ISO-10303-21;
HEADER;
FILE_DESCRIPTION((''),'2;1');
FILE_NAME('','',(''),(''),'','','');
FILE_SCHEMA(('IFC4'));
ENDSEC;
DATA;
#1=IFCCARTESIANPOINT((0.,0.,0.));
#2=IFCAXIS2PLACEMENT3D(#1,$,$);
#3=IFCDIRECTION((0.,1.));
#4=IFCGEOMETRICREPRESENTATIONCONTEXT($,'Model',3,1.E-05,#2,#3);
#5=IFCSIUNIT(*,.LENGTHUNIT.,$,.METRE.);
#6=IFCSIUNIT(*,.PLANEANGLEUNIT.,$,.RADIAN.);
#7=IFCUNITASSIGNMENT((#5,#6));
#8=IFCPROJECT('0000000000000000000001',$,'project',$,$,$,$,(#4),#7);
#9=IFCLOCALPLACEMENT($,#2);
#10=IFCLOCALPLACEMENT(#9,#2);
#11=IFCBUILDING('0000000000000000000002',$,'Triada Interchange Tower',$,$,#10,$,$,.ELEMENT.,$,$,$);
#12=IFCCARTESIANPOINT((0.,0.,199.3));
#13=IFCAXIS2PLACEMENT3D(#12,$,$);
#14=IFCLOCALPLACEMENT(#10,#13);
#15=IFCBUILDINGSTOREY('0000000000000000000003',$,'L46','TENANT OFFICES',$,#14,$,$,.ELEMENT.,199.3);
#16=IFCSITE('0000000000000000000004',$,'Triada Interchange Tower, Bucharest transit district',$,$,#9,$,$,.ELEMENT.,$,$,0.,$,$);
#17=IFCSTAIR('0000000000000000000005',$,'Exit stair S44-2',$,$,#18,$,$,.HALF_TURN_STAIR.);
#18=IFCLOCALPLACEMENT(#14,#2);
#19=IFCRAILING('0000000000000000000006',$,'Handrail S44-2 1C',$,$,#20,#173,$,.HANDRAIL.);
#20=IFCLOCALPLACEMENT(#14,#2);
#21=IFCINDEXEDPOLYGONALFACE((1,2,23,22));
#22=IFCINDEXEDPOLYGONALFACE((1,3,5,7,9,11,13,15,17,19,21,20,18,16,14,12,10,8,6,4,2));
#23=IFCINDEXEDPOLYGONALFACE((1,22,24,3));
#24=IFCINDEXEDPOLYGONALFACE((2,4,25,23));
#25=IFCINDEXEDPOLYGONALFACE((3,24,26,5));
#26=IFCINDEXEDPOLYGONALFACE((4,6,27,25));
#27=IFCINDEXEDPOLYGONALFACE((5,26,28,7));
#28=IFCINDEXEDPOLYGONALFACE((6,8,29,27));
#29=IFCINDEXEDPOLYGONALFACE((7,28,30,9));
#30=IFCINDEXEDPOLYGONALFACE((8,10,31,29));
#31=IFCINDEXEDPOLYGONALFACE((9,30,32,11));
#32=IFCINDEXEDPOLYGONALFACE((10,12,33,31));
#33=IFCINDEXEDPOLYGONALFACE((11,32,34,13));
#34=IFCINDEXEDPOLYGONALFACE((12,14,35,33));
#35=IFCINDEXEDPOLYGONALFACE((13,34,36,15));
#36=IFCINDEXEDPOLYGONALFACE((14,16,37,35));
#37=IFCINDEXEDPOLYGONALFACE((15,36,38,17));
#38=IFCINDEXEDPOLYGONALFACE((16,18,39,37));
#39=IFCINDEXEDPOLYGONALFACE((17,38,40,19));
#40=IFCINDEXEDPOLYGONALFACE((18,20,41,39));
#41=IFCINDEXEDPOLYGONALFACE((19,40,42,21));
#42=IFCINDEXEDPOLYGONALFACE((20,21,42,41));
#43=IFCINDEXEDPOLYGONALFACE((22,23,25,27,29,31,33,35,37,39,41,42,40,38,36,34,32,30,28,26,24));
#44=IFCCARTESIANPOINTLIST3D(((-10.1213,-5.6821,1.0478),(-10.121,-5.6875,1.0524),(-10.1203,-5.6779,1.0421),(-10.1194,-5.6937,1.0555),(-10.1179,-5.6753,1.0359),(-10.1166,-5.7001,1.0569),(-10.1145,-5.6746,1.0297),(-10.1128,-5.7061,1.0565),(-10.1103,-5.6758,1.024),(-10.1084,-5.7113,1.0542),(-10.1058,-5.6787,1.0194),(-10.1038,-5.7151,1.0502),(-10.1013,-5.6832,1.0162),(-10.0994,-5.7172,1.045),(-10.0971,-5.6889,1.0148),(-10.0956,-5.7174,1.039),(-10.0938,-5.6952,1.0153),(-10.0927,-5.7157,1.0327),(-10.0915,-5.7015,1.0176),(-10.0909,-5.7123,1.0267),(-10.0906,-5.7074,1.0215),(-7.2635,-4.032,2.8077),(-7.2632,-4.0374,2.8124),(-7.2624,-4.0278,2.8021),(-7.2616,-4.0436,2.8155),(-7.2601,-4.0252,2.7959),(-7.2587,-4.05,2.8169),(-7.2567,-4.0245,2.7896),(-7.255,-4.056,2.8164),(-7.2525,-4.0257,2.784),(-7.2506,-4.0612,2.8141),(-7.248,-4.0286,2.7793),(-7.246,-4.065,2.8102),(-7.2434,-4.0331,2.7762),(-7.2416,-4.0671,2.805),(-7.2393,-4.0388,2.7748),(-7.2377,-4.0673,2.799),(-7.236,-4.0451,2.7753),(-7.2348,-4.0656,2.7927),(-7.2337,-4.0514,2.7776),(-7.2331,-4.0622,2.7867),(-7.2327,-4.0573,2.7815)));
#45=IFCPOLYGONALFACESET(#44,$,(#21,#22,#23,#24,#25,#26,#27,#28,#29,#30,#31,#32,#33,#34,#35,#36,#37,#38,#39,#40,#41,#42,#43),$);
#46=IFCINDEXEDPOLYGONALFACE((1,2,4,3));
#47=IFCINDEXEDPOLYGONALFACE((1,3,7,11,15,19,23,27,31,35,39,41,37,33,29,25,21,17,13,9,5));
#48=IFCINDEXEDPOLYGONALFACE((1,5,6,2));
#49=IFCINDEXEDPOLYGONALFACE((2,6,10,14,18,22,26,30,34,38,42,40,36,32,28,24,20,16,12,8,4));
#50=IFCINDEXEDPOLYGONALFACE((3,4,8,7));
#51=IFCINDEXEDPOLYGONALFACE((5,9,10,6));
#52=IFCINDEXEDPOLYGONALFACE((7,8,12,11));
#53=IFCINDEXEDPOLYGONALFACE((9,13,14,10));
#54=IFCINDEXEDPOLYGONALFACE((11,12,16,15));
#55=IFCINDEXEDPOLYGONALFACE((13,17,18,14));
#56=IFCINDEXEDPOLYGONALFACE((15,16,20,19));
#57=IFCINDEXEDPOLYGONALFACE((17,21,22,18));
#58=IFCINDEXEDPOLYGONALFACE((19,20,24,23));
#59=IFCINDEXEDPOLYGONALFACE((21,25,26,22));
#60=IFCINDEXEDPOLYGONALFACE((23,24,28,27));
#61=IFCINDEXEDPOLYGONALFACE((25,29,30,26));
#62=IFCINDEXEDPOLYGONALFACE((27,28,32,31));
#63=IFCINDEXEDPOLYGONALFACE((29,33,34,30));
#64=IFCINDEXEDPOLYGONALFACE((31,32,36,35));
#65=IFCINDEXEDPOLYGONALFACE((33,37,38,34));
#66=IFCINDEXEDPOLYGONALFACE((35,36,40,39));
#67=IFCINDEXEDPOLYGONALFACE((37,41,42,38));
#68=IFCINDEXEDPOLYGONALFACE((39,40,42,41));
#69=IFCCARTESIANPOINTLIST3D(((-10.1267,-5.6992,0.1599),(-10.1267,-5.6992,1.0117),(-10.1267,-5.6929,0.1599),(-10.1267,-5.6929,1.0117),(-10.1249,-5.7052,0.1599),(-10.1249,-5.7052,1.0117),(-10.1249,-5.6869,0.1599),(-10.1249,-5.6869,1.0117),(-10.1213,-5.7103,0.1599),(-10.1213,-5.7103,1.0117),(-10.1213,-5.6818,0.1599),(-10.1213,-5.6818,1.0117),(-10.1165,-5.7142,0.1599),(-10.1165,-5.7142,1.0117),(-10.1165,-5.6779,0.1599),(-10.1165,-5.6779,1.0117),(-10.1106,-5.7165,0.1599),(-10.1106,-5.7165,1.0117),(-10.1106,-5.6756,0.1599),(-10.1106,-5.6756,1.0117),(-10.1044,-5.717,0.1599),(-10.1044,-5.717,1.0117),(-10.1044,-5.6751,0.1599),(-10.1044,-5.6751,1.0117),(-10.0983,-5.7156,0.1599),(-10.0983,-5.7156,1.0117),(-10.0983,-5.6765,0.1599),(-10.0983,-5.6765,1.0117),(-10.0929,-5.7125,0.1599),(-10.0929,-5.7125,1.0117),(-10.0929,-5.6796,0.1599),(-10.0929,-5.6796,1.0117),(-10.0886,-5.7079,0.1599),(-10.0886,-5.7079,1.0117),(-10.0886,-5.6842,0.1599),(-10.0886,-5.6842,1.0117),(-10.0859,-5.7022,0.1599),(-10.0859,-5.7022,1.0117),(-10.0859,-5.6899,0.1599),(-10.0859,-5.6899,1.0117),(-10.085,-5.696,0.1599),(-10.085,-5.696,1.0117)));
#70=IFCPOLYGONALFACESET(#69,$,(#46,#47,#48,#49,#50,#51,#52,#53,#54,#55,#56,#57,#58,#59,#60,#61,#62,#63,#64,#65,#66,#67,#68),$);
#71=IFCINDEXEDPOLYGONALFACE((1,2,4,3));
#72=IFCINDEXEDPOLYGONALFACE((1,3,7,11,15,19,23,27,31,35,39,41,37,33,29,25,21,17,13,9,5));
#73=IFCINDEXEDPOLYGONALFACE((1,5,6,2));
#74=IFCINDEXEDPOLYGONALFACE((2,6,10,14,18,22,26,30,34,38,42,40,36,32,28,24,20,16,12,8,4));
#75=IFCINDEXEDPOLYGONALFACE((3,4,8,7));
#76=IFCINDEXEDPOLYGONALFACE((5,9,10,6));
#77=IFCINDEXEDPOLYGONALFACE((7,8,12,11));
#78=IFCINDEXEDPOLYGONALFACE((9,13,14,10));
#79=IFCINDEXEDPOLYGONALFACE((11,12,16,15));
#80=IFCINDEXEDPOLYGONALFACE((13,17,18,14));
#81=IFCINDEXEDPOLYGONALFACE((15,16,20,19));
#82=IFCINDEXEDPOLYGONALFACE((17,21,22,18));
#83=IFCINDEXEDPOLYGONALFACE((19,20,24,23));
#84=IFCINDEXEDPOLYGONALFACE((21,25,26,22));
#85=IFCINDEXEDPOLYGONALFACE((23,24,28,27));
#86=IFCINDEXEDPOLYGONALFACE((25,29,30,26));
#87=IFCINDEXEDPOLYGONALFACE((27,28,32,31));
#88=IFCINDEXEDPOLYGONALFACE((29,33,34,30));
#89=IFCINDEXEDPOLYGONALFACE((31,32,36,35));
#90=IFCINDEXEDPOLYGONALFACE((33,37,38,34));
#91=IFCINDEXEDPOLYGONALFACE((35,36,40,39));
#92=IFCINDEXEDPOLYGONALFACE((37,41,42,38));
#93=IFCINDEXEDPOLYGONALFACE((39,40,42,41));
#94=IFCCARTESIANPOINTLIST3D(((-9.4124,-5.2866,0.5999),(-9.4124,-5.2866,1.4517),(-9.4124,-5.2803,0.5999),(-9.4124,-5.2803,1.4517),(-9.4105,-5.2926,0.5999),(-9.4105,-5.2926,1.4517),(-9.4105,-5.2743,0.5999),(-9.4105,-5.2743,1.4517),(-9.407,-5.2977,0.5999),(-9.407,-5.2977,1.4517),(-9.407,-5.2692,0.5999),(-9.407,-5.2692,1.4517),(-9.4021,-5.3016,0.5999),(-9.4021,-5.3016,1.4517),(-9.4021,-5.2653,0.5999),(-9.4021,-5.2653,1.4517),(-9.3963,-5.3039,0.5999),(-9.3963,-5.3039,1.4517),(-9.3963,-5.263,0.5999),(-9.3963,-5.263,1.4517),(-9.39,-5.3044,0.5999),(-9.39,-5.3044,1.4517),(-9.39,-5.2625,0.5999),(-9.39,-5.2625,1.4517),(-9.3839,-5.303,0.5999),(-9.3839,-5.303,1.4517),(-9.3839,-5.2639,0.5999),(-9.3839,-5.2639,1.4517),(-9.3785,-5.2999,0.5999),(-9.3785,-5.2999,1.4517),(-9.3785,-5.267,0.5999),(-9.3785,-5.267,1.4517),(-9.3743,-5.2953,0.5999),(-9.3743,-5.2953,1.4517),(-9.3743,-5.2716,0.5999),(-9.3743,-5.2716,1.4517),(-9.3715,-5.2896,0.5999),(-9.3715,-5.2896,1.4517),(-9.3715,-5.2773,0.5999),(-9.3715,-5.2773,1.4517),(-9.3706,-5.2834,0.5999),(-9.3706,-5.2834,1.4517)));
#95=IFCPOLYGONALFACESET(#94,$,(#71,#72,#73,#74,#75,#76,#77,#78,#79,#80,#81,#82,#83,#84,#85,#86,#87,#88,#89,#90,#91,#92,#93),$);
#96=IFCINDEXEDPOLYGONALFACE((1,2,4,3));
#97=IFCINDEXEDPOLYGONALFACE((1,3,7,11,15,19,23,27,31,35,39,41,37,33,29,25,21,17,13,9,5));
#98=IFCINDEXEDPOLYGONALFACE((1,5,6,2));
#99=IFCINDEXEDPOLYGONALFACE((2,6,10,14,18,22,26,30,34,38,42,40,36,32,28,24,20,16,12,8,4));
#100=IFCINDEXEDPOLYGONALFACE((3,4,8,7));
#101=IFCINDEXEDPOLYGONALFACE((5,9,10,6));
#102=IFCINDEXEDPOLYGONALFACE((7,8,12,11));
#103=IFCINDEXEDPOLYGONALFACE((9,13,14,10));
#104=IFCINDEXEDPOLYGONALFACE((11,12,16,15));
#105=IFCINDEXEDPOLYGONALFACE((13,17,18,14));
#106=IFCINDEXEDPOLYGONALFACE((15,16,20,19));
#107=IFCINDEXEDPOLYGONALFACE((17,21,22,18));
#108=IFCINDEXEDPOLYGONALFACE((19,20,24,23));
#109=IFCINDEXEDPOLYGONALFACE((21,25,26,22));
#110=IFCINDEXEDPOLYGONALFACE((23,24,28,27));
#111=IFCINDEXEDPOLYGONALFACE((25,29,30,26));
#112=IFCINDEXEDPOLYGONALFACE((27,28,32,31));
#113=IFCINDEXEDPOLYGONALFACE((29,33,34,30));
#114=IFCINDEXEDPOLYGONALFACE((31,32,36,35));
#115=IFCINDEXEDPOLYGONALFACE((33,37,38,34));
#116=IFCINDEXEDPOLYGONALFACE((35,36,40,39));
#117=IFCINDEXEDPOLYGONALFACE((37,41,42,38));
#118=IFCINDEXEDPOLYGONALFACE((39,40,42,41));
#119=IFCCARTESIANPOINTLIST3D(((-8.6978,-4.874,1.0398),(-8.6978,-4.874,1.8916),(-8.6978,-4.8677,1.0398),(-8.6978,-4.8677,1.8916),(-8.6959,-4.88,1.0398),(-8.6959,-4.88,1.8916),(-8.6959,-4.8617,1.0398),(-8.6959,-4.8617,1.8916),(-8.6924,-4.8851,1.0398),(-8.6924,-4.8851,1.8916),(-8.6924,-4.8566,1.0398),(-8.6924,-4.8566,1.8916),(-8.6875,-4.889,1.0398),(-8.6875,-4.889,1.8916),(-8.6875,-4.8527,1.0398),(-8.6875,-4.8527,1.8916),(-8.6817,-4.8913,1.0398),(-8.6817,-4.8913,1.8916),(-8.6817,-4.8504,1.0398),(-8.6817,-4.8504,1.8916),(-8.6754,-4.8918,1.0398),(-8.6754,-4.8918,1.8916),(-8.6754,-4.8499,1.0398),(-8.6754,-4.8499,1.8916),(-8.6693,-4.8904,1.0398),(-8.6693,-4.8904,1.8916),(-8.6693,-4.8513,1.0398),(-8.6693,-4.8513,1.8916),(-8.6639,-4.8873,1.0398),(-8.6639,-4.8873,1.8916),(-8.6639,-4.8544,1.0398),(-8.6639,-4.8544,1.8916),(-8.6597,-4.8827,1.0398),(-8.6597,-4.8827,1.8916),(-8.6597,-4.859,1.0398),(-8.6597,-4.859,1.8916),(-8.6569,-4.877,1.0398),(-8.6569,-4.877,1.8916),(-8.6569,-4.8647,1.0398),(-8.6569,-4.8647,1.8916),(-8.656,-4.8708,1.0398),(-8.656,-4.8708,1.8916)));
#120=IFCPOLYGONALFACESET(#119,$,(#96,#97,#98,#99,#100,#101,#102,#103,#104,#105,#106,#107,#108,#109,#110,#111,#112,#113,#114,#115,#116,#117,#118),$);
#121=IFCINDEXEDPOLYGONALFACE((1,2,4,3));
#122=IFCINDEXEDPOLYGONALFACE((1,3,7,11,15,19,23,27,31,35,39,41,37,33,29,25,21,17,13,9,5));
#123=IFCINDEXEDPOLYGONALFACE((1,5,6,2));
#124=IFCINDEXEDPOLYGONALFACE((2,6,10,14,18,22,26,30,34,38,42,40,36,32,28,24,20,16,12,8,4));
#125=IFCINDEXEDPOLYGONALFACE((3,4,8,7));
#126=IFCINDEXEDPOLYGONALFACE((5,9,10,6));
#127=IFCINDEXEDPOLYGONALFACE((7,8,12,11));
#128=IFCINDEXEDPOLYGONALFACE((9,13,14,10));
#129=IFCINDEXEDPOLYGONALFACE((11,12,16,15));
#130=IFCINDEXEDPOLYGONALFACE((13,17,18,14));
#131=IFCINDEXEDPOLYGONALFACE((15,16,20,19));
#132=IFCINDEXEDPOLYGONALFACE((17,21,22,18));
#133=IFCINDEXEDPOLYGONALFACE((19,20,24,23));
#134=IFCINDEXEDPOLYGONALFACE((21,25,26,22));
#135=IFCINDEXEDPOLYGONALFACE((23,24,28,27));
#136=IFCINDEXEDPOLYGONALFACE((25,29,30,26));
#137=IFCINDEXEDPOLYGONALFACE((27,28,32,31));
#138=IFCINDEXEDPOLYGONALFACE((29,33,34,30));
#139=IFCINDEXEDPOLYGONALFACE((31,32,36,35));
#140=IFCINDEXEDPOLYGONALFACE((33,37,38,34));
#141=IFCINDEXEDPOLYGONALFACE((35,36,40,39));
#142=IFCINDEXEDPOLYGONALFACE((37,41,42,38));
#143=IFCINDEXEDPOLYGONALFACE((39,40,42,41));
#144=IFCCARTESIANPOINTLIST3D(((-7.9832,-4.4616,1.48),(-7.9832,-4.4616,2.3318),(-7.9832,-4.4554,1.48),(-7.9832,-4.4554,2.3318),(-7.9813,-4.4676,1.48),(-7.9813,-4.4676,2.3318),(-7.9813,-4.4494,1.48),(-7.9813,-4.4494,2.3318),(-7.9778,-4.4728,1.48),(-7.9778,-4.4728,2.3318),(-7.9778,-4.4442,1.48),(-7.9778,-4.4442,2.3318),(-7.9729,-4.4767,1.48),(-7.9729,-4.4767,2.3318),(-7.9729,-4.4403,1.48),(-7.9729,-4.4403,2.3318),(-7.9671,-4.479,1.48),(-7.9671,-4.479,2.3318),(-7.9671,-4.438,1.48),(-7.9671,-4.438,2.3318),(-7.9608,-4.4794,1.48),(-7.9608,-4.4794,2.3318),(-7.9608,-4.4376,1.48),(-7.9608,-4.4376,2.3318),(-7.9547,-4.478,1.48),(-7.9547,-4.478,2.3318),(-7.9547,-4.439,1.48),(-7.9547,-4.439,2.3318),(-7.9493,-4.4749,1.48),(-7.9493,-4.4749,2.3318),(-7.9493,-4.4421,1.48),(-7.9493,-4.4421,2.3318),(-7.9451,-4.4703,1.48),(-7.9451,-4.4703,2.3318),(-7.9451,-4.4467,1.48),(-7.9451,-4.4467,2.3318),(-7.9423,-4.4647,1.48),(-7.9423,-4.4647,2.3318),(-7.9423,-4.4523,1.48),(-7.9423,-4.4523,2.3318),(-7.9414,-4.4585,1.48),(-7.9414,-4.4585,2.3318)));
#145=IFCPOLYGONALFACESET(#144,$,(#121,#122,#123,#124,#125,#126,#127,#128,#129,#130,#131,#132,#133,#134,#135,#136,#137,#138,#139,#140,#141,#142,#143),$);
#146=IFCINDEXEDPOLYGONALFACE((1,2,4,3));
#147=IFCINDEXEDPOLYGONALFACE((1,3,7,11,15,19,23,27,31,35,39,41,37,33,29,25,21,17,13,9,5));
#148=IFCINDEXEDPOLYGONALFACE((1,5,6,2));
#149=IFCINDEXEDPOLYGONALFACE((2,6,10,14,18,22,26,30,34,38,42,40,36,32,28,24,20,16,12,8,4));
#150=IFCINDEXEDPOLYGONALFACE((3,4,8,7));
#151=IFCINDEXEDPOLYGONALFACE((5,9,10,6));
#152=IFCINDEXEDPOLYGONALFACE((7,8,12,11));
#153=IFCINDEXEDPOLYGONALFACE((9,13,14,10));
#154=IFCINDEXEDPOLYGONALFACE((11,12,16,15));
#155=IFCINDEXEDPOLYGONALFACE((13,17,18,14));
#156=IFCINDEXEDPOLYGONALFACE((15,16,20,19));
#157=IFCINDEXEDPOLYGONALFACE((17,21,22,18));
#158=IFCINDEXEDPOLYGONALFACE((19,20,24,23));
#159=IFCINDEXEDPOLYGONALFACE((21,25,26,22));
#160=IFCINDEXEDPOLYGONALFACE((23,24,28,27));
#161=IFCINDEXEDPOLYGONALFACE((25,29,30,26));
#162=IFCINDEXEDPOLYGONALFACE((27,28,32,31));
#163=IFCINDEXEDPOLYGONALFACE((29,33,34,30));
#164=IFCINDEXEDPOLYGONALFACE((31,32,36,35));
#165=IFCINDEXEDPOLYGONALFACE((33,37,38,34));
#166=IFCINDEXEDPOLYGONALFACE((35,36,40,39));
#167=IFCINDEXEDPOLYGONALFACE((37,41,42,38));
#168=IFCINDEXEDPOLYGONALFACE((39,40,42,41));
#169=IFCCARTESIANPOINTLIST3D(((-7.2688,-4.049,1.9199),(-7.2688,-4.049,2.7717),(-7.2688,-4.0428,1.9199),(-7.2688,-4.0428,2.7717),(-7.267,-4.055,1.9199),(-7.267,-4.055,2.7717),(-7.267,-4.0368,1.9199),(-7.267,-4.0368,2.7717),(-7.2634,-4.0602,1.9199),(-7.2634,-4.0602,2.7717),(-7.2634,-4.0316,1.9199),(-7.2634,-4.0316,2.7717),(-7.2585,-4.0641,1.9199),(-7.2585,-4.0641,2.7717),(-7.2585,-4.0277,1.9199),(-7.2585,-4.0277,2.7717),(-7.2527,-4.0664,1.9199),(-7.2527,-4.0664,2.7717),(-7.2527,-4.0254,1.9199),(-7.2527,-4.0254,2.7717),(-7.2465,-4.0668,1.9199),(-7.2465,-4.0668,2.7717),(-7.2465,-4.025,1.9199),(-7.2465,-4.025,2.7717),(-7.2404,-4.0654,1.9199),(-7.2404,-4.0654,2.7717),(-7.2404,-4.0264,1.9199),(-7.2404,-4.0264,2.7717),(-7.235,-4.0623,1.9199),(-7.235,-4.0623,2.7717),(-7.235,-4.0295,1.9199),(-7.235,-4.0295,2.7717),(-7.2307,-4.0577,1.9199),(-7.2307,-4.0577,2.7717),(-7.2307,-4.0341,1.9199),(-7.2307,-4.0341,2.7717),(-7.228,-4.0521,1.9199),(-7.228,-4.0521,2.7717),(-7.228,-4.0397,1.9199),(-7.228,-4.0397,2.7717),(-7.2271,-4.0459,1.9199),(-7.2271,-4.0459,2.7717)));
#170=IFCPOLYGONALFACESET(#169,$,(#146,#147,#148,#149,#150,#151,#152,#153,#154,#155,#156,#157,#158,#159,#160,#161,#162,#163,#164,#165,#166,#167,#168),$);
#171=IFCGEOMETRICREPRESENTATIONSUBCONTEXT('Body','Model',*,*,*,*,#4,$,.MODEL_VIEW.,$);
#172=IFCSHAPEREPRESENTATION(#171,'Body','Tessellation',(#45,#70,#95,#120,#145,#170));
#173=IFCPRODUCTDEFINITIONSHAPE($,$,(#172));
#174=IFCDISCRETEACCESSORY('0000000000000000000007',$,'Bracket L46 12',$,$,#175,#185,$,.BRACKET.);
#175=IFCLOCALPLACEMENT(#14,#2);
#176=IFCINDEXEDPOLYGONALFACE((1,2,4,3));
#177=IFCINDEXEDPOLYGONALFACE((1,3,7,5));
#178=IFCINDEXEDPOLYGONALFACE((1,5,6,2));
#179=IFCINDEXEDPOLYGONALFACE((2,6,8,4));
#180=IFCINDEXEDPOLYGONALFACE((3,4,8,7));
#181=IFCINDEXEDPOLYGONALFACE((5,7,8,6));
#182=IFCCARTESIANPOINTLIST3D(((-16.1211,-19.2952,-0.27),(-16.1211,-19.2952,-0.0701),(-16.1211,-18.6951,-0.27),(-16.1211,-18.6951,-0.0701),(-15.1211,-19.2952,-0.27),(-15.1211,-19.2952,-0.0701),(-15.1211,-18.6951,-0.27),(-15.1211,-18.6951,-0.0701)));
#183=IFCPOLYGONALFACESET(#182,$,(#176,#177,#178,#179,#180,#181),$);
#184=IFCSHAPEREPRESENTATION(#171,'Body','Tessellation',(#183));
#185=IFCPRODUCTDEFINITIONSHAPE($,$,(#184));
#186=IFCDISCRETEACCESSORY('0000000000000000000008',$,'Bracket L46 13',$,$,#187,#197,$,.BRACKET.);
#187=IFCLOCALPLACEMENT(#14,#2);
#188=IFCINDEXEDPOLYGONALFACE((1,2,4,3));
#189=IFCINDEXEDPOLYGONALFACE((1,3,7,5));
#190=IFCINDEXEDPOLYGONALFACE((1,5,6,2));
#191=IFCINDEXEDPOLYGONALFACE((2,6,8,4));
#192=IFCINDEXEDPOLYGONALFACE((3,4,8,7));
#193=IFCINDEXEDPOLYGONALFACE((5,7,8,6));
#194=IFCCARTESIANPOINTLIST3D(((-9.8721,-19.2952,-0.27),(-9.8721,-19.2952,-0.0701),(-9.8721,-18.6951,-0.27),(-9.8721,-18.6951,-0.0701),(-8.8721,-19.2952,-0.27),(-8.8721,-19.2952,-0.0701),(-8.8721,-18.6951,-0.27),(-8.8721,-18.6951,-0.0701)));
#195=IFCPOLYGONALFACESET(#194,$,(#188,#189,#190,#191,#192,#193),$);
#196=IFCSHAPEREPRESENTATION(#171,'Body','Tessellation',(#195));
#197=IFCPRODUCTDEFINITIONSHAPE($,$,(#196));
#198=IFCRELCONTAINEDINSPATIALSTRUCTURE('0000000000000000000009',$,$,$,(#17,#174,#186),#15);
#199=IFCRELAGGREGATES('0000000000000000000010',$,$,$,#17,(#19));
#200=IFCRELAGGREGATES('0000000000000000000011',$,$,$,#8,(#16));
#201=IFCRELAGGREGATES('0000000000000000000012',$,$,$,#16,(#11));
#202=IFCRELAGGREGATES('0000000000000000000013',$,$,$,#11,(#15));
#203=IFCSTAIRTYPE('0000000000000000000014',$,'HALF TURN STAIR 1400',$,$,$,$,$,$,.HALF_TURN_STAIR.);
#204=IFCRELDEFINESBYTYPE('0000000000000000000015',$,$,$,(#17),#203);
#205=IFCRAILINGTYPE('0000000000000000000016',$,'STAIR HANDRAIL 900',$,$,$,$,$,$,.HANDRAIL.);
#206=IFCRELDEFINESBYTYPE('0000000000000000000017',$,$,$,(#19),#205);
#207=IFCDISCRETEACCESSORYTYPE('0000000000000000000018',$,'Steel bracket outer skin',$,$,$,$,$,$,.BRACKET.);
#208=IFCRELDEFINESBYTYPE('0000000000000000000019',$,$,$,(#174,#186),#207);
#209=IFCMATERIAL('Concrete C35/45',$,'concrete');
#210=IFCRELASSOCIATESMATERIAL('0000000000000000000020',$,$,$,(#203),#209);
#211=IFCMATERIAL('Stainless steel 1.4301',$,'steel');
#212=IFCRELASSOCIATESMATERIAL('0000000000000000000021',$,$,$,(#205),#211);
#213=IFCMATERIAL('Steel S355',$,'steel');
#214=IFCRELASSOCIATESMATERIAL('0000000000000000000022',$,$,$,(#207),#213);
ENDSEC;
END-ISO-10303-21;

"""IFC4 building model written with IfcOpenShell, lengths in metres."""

from ifc_helpers import new_model, si_unit, direction, frame, origin, origin_2d, place, context, subcontext, project, spatial, rectangle, circle, extrude, material, type_object, element, aggregate, save


model = new_model("IFC4")

# Units and contexts
model_context = context("Model", 3, precision=1e-05, world=origin(), true_north=direction((0.0, 1.0)))
body_context = subcontext(model_context, "Body", "Model", "MODEL_VIEW")
ifc_project = project(units=[si_unit("LENGTHUNIT", "METRE"), si_unit("PLANEANGLEUNIT", "RADIAN")], contexts=[model_context])

# Site, building, storey
site_placement = place(None, origin())
site = spatial("IfcSite", under=ifc_project, at=site_placement, Name="Triada Interchange Tower, Bucharest transit district", CompositionType="ELEMENT", RefElevation=0.0)
building_placement = place(site_placement, origin())
building = spatial("IfcBuilding", under=site, at=building_placement, Name="Triada Interchange Tower", CompositionType="ELEMENT")
storey_placement = place(building_placement, frame((0.0, 0.0, 199.3)))
storey = spatial("IfcBuildingStorey", under=building, at=storey_placement, Name="L46", Description="TENANT OFFICES", CompositionType="ELEMENT", Elevation=199.3)

# Stair
ifc_material_1 = material(Name="Concrete C35/45", Category="concrete")
stair_type = type_object("IfcStairType", Name="HALF TURN STAIR 1400", PredefinedType="HALF_TURN_STAIR", material=ifc_material_1)
stair_placement = place(storey_placement, origin())
stair = element("IfcStair", 1, at=stair_placement, inside=storey, type_object=stair_type, Name="Exit stair S44-2", PredefinedType="HALF_TURN_STAIR")

# Railing
ifc_material_2 = material(Name="Stainless steel 1.4301", Category="steel")
railing_type = type_object("IfcRailingType", Name="STAIR HANDRAIL 900", PredefinedType="HANDRAIL", material=ifc_material_2)
railing_1_placement = place(storey_placement, frame((-10.106, -5.696, 0.1599)))
railing_1 = element("IfcRailing", 2, at=railing_1_placement, type_object=railing_type, Name="Handrail S44-2 1C", PredefinedType="HANDRAIL", context=body_context, shape_type="SweptSolid", body=[
    extrude(circle(Radius=0.0239, at=origin_2d()), frame((0.0, 0.0, 0.876), z_axis=(0.764129, 0.441205, 0.47058), x_axis=(-0.50003, 0.866008, 0.0)), (0.0, 0.0, 1.0), 3.74),
    extrude(circle(Radius=0.021, at=origin_2d()), origin(), (0.0, 0.0, 1.0), 0.8518),
    extrude(circle(Radius=0.021, at=origin_2d()), frame((0.7144, 0.4126, 0.4399)), (0.0, 0.0, 1.0), 0.8518),
    extrude(circle(Radius=0.021, at=origin_2d()), frame((1.429, 0.8252, 0.8799)), (0.0, 0.0, 1.0), 0.8518),
    extrude(circle(Radius=0.021, at=origin_2d()), frame((2.1436, 1.2375, 1.3201)), (0.0, 0.0, 1.0), 0.8518),
    extrude(circle(Radius=0.021, at=origin_2d()), frame((2.8579, 1.6501, 1.76)), (0.0, 0.0, 1.0), 0.8518),
])
aggregate(stair, [railing_1])

# Discrete accessories
ifc_material_3 = material(Name="Steel S355", Category="steel")
discrete_accessory_type = type_object("IfcDiscreteAccessoryType", Name="Steel bracket outer skin", PredefinedType="BRACKET", material=ifc_material_3)
for number, where, z_axis, x_axis, name in (
    (3, (-15.6211, -18.9951, -0.27), (0.0, 0.0, 1.0), (0.0, -1.0, 0.0), "Bracket L46 12"),
    (4, (-9.3721, -18.9951, -0.27), (0.0, 0.0, 1.0), (0.0, -1.0, 0.0), "Bracket L46 13"),
):
    element("IfcDiscreteAccessory", number, at=place(storey_placement, frame(where, z_axis=z_axis, x_axis=x_axis)), inside=storey, type_object=discrete_accessory_type, Name=name, PredefinedType="BRACKET", context=body_context, shape_type="SweptSolid", body=[
        extrude(rectangle(XDim=0.6001, YDim=1.0, at=origin_2d()), origin(), (0.0, 0.0, 1.0), 0.2),
    ])

save(model, "model.ifc")
